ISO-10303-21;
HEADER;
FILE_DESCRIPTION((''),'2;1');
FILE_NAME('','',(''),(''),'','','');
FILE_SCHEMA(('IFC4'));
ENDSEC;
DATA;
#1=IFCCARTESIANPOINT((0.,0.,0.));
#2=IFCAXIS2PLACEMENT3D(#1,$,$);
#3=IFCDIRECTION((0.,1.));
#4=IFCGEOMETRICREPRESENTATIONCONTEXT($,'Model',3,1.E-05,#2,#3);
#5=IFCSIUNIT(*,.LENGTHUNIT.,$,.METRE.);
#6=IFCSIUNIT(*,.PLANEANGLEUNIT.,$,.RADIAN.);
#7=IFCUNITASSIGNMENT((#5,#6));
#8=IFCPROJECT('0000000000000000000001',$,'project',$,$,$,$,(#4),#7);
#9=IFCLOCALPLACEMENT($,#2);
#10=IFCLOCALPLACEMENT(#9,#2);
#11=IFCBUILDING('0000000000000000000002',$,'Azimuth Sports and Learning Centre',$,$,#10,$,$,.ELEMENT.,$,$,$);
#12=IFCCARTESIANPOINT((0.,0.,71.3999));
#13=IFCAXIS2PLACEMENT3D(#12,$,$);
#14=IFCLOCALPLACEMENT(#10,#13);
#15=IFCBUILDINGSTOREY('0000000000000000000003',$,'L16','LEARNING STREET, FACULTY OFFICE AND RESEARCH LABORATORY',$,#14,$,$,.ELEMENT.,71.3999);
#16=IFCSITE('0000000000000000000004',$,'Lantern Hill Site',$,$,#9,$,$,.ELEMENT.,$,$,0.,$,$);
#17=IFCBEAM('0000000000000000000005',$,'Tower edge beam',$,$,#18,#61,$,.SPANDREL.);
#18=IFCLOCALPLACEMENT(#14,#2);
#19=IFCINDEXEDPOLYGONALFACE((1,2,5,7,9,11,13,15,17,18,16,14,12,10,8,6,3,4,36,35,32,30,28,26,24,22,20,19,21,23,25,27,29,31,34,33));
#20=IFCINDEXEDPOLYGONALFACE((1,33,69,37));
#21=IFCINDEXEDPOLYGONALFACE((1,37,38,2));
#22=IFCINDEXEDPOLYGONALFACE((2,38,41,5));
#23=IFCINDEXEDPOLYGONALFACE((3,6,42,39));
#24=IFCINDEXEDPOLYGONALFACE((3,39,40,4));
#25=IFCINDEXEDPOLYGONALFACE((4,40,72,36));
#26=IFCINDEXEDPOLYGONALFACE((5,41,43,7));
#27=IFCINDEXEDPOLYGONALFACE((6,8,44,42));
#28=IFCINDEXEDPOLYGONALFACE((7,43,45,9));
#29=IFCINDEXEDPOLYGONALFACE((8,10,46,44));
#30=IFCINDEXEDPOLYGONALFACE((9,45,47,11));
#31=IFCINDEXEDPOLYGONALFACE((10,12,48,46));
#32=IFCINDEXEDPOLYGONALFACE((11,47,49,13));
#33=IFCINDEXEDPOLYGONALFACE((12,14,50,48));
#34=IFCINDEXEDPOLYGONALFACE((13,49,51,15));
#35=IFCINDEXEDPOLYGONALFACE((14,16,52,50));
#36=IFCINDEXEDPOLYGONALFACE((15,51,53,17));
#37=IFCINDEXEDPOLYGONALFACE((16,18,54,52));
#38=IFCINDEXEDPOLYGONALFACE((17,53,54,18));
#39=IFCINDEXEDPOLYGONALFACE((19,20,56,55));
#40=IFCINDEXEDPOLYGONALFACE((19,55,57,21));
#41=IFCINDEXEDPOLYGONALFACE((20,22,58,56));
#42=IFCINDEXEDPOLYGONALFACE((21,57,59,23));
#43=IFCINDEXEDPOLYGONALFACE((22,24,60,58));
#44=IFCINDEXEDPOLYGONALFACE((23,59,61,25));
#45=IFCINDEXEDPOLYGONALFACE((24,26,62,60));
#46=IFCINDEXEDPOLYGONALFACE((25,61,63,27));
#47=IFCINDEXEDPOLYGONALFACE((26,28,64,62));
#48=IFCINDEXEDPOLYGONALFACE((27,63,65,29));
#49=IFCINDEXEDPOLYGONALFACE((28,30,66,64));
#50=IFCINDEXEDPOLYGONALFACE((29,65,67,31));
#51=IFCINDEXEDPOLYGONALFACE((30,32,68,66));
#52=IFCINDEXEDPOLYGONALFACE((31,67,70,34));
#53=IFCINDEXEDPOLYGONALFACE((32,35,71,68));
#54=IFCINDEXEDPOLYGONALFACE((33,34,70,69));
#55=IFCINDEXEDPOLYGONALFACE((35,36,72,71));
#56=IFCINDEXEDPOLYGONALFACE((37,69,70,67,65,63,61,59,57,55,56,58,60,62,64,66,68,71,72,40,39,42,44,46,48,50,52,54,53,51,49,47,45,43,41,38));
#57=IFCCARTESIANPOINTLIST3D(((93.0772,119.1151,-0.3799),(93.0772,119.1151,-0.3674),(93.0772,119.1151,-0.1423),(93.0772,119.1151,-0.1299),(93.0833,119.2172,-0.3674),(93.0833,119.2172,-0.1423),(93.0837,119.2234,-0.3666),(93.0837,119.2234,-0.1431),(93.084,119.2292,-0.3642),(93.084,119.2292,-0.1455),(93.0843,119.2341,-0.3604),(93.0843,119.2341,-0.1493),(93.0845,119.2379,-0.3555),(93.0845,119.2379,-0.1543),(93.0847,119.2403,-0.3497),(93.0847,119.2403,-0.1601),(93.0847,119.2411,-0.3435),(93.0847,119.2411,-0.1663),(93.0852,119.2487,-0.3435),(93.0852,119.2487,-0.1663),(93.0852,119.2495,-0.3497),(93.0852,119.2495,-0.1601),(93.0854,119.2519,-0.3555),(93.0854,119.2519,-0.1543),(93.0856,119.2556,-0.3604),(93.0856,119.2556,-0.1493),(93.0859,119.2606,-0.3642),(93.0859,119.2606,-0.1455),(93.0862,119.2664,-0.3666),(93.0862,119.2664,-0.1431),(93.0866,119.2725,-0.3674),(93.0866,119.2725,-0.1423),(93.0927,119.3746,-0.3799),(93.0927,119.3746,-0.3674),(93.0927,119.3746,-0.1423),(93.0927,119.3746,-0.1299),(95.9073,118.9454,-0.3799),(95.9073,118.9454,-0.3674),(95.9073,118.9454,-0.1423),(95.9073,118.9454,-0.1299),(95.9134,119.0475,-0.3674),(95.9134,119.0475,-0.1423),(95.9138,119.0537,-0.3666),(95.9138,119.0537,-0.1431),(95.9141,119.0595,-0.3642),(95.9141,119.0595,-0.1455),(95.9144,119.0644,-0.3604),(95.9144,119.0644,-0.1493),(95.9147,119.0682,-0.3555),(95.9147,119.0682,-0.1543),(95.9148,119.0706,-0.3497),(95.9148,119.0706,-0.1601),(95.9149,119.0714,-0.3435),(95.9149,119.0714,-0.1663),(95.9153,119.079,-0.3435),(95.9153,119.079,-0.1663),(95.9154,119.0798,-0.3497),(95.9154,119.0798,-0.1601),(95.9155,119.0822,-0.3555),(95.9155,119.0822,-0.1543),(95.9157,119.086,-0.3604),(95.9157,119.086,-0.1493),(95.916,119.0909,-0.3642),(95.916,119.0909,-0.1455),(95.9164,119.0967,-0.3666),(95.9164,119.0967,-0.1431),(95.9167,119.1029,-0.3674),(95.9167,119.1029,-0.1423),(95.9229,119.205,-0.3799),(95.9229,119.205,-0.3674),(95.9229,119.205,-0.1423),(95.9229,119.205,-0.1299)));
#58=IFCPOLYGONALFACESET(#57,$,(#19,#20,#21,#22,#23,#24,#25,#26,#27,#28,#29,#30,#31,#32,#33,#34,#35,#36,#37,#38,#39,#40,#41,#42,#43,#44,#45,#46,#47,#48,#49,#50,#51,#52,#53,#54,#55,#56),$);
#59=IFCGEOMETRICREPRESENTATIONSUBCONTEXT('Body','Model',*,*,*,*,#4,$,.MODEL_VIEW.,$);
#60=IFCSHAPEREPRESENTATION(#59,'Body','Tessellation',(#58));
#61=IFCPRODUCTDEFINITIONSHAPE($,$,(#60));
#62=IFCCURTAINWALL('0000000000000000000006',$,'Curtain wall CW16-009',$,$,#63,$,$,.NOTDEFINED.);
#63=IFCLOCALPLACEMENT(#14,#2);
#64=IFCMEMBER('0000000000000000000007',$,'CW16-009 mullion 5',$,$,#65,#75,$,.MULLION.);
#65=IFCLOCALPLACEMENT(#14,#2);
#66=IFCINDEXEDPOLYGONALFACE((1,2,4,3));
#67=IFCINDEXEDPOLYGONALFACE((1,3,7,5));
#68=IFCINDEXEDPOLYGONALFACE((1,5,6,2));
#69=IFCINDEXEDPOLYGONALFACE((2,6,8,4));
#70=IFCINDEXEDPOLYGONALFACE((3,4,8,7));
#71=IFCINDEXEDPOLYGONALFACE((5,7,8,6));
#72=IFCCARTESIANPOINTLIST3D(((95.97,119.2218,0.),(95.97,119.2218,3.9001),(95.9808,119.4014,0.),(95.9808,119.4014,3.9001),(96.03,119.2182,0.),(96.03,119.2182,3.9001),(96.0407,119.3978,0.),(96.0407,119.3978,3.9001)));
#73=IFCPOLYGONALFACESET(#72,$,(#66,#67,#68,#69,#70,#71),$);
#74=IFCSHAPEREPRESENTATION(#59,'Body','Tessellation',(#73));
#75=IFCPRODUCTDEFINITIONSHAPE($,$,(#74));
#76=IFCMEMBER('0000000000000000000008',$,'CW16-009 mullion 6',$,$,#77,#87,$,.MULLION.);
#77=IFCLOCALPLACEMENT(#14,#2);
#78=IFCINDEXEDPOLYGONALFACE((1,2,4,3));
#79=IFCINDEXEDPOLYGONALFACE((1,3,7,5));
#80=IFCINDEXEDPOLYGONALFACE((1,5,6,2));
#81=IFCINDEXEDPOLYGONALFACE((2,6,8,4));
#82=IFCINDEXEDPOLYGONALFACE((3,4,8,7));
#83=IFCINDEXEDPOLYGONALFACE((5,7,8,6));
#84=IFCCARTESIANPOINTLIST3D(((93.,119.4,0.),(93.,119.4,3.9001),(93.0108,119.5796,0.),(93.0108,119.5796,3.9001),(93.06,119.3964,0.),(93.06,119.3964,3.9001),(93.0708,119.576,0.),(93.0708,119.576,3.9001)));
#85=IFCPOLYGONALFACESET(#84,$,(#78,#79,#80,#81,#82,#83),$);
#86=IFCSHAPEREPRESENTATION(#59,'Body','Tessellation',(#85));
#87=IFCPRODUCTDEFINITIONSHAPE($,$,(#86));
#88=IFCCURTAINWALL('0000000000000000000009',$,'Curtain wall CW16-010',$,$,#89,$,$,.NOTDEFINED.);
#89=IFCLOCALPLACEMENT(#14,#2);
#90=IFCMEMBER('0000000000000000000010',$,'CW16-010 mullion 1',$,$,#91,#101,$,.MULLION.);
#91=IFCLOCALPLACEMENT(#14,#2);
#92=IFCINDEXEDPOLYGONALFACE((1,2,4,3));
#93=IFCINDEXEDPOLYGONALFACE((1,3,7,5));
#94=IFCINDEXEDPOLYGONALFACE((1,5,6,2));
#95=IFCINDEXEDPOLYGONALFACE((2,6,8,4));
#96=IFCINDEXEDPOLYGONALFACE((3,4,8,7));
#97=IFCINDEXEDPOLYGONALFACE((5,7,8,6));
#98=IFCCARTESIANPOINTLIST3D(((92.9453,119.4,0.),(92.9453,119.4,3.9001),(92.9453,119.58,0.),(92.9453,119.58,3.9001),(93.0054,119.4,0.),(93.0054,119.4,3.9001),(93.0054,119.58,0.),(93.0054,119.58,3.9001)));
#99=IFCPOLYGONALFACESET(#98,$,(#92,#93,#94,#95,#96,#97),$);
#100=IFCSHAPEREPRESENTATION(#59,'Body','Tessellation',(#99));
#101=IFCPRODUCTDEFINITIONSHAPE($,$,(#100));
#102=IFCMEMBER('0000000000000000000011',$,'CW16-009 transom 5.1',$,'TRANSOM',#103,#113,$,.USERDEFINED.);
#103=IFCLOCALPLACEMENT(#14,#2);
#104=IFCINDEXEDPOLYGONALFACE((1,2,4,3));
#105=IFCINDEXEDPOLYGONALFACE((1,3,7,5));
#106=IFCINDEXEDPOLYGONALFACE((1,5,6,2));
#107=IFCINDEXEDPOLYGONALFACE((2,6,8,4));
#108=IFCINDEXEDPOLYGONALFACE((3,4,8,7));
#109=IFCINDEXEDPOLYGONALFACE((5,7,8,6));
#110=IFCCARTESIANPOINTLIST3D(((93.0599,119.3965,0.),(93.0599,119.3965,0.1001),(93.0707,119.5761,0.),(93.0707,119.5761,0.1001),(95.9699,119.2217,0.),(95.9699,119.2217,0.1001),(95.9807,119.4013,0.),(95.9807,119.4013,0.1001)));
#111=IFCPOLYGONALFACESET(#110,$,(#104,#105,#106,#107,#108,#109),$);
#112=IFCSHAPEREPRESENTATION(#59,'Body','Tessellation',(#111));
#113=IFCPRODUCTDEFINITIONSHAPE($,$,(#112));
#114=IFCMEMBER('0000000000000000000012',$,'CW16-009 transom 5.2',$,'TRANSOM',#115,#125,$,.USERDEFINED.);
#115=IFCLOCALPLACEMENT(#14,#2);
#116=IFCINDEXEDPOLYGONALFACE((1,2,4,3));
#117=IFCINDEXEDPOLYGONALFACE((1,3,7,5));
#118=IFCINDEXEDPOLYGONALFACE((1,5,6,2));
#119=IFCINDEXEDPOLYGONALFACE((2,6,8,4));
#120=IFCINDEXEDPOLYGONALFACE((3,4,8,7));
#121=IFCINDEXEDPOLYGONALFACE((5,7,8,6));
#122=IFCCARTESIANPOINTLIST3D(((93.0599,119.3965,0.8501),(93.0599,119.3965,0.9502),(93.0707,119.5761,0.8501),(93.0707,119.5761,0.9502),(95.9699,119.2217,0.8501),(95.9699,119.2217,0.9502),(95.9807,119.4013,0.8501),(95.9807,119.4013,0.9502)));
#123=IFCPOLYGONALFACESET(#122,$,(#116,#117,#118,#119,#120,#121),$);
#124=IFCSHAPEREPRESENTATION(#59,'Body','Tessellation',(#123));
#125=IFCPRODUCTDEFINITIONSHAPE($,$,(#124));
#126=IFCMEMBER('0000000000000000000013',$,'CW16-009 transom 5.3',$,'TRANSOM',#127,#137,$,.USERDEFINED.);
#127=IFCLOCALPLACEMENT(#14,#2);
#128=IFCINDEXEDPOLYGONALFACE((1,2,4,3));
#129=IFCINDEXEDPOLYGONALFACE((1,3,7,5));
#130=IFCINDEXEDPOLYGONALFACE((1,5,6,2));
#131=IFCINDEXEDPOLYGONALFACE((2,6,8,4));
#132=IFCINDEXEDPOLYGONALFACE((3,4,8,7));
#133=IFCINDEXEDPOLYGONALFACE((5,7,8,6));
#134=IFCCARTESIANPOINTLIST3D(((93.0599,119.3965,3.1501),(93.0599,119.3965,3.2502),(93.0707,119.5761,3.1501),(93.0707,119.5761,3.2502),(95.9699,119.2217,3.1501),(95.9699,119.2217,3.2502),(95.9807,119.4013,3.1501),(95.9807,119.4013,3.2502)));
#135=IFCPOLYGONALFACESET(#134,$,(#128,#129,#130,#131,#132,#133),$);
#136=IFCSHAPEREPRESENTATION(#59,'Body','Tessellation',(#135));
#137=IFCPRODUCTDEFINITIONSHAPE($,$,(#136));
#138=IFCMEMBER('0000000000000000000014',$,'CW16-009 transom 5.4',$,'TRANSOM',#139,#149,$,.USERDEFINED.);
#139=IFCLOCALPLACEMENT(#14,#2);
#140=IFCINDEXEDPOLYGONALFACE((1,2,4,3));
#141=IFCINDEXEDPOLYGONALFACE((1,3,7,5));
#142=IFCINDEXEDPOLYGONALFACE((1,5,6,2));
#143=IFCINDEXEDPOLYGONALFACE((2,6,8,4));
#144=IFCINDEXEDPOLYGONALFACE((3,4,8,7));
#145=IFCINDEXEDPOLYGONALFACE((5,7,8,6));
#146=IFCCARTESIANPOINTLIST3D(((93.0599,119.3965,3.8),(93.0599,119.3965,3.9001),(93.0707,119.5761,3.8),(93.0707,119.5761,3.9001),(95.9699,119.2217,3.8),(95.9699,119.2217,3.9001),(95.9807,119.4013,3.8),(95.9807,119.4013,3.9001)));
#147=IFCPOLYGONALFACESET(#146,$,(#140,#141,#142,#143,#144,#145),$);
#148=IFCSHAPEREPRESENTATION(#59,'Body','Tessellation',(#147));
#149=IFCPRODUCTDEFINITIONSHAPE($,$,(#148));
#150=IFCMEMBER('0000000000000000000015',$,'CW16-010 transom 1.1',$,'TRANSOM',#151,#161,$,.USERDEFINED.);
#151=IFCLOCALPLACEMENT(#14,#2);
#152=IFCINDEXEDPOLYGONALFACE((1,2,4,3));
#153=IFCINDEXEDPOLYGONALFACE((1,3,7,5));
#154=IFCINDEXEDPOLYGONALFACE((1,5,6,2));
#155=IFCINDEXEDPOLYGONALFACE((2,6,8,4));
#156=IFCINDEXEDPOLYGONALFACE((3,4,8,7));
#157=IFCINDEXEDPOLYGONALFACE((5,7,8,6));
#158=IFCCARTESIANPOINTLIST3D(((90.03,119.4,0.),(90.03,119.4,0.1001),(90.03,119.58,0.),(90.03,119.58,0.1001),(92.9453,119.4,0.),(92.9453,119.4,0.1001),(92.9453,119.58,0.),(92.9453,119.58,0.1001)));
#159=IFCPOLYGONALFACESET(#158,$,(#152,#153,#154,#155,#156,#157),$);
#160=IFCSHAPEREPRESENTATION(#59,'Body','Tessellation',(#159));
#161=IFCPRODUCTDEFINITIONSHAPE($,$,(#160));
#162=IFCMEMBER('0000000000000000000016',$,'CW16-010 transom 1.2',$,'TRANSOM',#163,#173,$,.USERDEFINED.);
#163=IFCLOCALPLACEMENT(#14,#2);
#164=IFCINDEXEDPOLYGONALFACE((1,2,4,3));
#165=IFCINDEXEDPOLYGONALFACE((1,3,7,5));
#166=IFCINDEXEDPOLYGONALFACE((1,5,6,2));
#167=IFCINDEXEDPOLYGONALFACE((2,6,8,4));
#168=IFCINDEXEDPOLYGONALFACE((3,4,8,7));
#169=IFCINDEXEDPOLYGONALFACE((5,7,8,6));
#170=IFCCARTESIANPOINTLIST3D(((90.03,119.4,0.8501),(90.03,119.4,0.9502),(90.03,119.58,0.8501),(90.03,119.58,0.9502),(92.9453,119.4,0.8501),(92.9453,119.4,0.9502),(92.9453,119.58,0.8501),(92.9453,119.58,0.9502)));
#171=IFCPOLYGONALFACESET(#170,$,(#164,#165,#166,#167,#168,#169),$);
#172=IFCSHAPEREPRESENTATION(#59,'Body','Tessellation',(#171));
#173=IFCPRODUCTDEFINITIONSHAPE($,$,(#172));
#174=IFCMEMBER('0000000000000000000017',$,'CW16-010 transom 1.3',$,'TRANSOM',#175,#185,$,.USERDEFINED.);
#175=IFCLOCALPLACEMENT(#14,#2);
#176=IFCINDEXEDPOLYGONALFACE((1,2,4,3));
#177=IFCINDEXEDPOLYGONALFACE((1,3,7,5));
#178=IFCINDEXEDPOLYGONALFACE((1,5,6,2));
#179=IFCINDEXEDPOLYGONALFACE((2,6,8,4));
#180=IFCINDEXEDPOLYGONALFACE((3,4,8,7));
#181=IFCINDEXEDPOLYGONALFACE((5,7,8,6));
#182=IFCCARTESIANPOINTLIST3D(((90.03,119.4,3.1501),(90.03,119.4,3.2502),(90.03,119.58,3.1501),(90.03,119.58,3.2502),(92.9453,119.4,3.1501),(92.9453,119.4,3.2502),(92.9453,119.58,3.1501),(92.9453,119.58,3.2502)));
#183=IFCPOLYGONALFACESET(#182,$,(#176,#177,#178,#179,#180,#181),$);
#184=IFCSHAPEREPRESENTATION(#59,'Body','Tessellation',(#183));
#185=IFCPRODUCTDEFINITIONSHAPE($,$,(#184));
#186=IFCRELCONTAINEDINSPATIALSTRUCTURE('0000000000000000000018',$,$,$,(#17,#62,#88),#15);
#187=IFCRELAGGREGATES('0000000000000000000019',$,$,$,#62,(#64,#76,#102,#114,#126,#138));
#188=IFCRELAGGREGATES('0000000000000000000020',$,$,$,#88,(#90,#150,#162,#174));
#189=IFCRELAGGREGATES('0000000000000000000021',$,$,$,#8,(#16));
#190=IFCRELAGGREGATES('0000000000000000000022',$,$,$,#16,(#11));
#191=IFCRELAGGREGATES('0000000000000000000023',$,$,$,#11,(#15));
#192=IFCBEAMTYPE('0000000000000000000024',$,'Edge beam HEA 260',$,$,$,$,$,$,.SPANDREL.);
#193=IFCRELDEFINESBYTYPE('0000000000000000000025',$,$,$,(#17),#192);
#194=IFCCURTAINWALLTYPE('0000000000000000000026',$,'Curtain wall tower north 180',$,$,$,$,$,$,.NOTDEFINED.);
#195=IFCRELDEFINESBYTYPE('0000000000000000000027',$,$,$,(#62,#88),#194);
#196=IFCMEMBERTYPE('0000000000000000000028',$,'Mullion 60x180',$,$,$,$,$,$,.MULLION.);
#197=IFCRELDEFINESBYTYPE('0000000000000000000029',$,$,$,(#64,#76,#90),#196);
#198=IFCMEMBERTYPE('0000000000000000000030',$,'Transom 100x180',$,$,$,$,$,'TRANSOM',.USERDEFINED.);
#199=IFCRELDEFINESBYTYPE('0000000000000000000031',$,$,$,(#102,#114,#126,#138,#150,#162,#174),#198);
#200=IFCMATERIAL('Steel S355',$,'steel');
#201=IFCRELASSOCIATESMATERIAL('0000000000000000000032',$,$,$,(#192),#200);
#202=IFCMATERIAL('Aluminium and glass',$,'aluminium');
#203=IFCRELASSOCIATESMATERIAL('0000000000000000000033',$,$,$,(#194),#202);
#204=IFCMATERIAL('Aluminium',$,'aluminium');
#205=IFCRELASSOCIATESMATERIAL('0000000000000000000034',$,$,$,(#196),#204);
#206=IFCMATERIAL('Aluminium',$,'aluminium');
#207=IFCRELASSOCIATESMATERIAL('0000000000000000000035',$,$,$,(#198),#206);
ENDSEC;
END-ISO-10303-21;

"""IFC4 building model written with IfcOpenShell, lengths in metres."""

from ifc_helpers import new_model, si_unit, direction, frame, origin, origin_2d, place, context, subcontext, project, spatial, rectangle, i_section, extrude, material, material_profile, profile_set, type_object, element, aggregate, save


model = new_model("IFC4")

# Units and contexts
model_context = context("Model", 3, precision=1e-05, world=origin(), true_north=direction((0.0, 1.0)))
body_context = subcontext(model_context, "Body", "Model", "MODEL_VIEW")
ifc_project = project(units=[si_unit("LENGTHUNIT", "METRE"), si_unit("PLANEANGLEUNIT", "RADIAN")], contexts=[model_context])

# Site, building, storey
site_placement = place(None, origin())
site = spatial("IfcSite", under=ifc_project, at=site_placement, Name="Lantern Hill Site", CompositionType="ELEMENT", RefElevation=0.0)
building_placement = place(site_placement, origin())
building = spatial("IfcBuilding", under=site, at=building_placement, Name="Azimuth Sports and Learning Centre", CompositionType="ELEMENT")
storey_placement = place(building_placement, frame((0.0, 0.0, 71.3999)))
storey = spatial("IfcBuildingStorey", under=building, at=storey_placement, Name="L16", Description="LEARNING STREET, FACULTY OFFICE AND RESEARCH LABORATORY", CompositionType="ELEMENT", Elevation=71.3999)

# Beam
ifc_material_1 = material(Name="Steel S355", Category="steel")
ifc_material_profile_1 = material_profile(ifc_material_1, i_section(OverallWidth=0.26, OverallDepth=0.25, WebThickness=0.0076, FlangeThickness=0.0125, FilletRadius=0.0239, at=origin_2d()), Name="HEA 260")
ifc_profile_set_1 = profile_set([ifc_material_profile_1], Name="Steel S355")
beam_type = type_object("IfcBeamType", Name="Edge beam HEA 260", PredefinedType="SPANDREL", material=ifc_profile_set_1)
beam_placement = place(storey_placement, frame((93.085, 119.2449, -0.2549), z_axis=(0.998208, -0.059848, 0.0), x_axis=(0.059848, 0.998208, 0.0)))
element("IfcBeam", 1, at=beam_placement, inside=storey, type_object=beam_type, Name="Tower edge beam", PredefinedType="SPANDREL", context=body_context, shape_type="SweptSolid", body=[
    extrude(i_section(OverallWidth=0.26, OverallDepth=0.25, WebThickness=0.0076, FlangeThickness=0.0125, FilletRadius=0.0239, at=origin_2d()), origin(), (0.0, 0.0, 1.0), 2.8352),
])

# Curtain wall, members
ifc_material_2 = material(Name="Aluminium and glass", Category="aluminium")
curtain_wall_type = type_object("IfcCurtainWallType", Name="Curtain wall tower north 180", PredefinedType="NOTDEFINED", material=ifc_material_2)
curtain_wall_1_placement = place(storey_placement, origin())
curtain_wall_1 = element("IfcCurtainWall", 2, at=curtain_wall_1_placement, inside=storey, type_object=curtain_wall_type, Name="Curtain wall CW16-009", PredefinedType="NOTDEFINED")
ifc_material_3 = material(Name="Aluminium", Category="aluminium")
ifc_material_profile_2 = material_profile(ifc_material_3, rectangle(XDim=0.1799, YDim=0.0601, at=origin_2d()), Name="Mullion 60x180")
ifc_profile_set_2 = profile_set([ifc_material_profile_2], Name="Aluminium")
member_type_1 = type_object("IfcMemberType", Name="Mullion 60x180", PredefinedType="MULLION", material=ifc_profile_set_2)
member_1_placement = place(storey_placement, frame((96.0054, 119.3098, 0.0), z_axis=(0.0, 0.0, 1.0), x_axis=(-0.059892, -0.998205, 0.0)))
member_1 = element("IfcMember", 3, at=member_1_placement, type_object=member_type_1, Name="CW16-009 mullion 5", PredefinedType="MULLION", context=body_context, shape_type="SweptSolid", body=[
    extrude(rectangle(XDim=0.1799, YDim=0.0601, at=origin_2d()), origin(), (0.0, 0.0, 1.0), 3.9001),
])
member_2_placement = place(storey_placement, frame((93.0354, 119.488, 0.0), z_axis=(0.0, 0.0, 1.0), x_axis=(-0.059892, -0.998205, 0.0)))
member_2 = element("IfcMember", 4, at=member_2_placement, type_object=member_type_1, Name="CW16-009 mullion 6", PredefinedType="MULLION", context=body_context, shape_type="SweptSolid", body=[
    extrude(rectangle(XDim=0.1799, YDim=0.0601, at=origin_2d()), origin(), (0.0, 0.0, 1.0), 3.9001),
])

# Curtain wall, member
curtain_wall_2_placement = place(storey_placement, origin())
curtain_wall_2 = element("IfcCurtainWall", 5, at=curtain_wall_2_placement, inside=storey, type_object=curtain_wall_type, Name="Curtain wall CW16-010", PredefinedType="NOTDEFINED")
member_3_placement = place(storey_placement, frame((92.9753, 119.49, 0.0), z_axis=(0.0, 0.0, 1.0), x_axis=(0.0, -1.0, 0.0)))
member_3 = element("IfcMember", 6, at=member_3_placement, type_object=member_type_1, Name="CW16-010 mullion 1", PredefinedType="MULLION", context=body_context, shape_type="SweptSolid", body=[
    extrude(rectangle(XDim=0.1799, YDim=0.0601, at=origin_2d()), origin(), (0.0, 0.0, 1.0), 3.9001),
])

# Members
ifc_material_4 = material(Name="Aluminium", Category="aluminium")
ifc_material_profile_3 = material_profile(ifc_material_4, rectangle(XDim=0.1799, YDim=0.1001, at=origin_2d()), Name="Transom 100x180")
ifc_profile_set_3 = profile_set([ifc_material_profile_3], Name="Aluminium")
member_type_2 = type_object("IfcMemberType", Name="Transom 100x180", ElementType="TRANSOM", PredefinedType="USERDEFINED", material=ifc_profile_set_3)
member_4_placement = place(storey_placement, frame((95.9753, 119.3115, 0.05), z_axis=(-0.998201, 0.059959, 0.0), x_axis=(-0.059959, -0.998201, 0.0)))
member_4 = element("IfcMember", 7, at=member_4_placement, type_object=member_type_2, Name="CW16-009 transom 5.1", ObjectType="TRANSOM", PredefinedType="USERDEFINED", context=body_context, shape_type="SweptSolid", body=[
    extrude(rectangle(XDim=0.1799, YDim=0.1001, at=origin_2d()), origin(), (0.0, 0.0, 1.0), 2.9153),
])
member_5_placement = place(storey_placement, frame((95.9753, 119.3115, 0.9001), z_axis=(-0.998201, 0.059959, 0.0), x_axis=(-0.059959, -0.998201, 0.0)))
member_5 = element("IfcMember", 8, at=member_5_placement, type_object=member_type_2, Name="CW16-009 transom 5.2", ObjectType="TRANSOM", PredefinedType="USERDEFINED", context=body_context, shape_type="SweptSolid", body=[
    extrude(rectangle(XDim=0.1799, YDim=0.1001, at=origin_2d()), origin(), (0.0, 0.0, 1.0), 2.9153),
])
member_6_placement = place(storey_placement, frame((95.9753, 119.3115, 3.2002), z_axis=(-0.998201, 0.059959, 0.0), x_axis=(-0.059959, -0.998201, 0.0)))
member_6 = element("IfcMember", 9, at=member_6_placement, type_object=member_type_2, Name="CW16-009 transom 5.3", ObjectType="TRANSOM", PredefinedType="USERDEFINED", context=body_context, shape_type="SweptSolid", body=[
    extrude(rectangle(XDim=0.1799, YDim=0.1001, at=origin_2d()), origin(), (0.0, 0.0, 1.0), 2.9153),
])
member_7_placement = place(storey_placement, frame((95.9753, 119.3115, 3.8501), z_axis=(-0.998201, 0.059959, 0.0), x_axis=(-0.059959, -0.998201, 0.0)))
member_7 = element("IfcMember", 10, at=member_7_placement, type_object=member_type_2, Name="CW16-009 transom 5.4", ObjectType="TRANSOM", PredefinedType="USERDEFINED", context=body_context, shape_type="SweptSolid", body=[
    extrude(rectangle(XDim=0.1799, YDim=0.1001, at=origin_2d()), origin(), (0.0, 0.0, 1.0), 2.9153),
])
member_8_placement = place(storey_placement, frame((92.9453, 119.49, 0.05), z_axis=(-1.0, 0.0, 0.0), x_axis=(0.0, -1.0, 0.0)))
member_8 = element("IfcMember", 11, at=member_8_placement, type_object=member_type_2, Name="CW16-010 transom 1.1", ObjectType="TRANSOM", PredefinedType="USERDEFINED", context=body_context, shape_type="SweptSolid", body=[
    extrude(rectangle(XDim=0.1799, YDim=0.1001, at=origin_2d()), origin(), (0.0, 0.0, 1.0), 2.9153),
])
member_9_placement = place(storey_placement, frame((92.9453, 119.49, 0.9001), z_axis=(-1.0, 0.0, 0.0), x_axis=(0.0, -1.0, 0.0)))
member_9 = element("IfcMember", 12, at=member_9_placement, type_object=member_type_2, Name="CW16-010 transom 1.2", ObjectType="TRANSOM", PredefinedType="USERDEFINED", context=body_context, shape_type="SweptSolid", body=[
    extrude(rectangle(XDim=0.1799, YDim=0.1001, at=origin_2d()), origin(), (0.0, 0.0, 1.0), 2.9153),
])
member_10_placement = place(storey_placement, frame((92.9453, 119.49, 3.2002), z_axis=(-1.0, 0.0, 0.0), x_axis=(0.0, -1.0, 0.0)))
member_10 = element("IfcMember", 13, at=member_10_placement, type_object=member_type_2, Name="CW16-010 transom 1.3", ObjectType="TRANSOM", PredefinedType="USERDEFINED", context=body_context, shape_type="SweptSolid", body=[
    extrude(rectangle(XDim=0.1799, YDim=0.1001, at=origin_2d()), origin(), (0.0, 0.0, 1.0), 2.9153),
])

aggregate(curtain_wall_1, [member_1, member_2, member_4, member_5, member_6, member_7])
aggregate(curtain_wall_2, [member_3, member_8, member_9, member_10])

save(model, "model.ifc")
